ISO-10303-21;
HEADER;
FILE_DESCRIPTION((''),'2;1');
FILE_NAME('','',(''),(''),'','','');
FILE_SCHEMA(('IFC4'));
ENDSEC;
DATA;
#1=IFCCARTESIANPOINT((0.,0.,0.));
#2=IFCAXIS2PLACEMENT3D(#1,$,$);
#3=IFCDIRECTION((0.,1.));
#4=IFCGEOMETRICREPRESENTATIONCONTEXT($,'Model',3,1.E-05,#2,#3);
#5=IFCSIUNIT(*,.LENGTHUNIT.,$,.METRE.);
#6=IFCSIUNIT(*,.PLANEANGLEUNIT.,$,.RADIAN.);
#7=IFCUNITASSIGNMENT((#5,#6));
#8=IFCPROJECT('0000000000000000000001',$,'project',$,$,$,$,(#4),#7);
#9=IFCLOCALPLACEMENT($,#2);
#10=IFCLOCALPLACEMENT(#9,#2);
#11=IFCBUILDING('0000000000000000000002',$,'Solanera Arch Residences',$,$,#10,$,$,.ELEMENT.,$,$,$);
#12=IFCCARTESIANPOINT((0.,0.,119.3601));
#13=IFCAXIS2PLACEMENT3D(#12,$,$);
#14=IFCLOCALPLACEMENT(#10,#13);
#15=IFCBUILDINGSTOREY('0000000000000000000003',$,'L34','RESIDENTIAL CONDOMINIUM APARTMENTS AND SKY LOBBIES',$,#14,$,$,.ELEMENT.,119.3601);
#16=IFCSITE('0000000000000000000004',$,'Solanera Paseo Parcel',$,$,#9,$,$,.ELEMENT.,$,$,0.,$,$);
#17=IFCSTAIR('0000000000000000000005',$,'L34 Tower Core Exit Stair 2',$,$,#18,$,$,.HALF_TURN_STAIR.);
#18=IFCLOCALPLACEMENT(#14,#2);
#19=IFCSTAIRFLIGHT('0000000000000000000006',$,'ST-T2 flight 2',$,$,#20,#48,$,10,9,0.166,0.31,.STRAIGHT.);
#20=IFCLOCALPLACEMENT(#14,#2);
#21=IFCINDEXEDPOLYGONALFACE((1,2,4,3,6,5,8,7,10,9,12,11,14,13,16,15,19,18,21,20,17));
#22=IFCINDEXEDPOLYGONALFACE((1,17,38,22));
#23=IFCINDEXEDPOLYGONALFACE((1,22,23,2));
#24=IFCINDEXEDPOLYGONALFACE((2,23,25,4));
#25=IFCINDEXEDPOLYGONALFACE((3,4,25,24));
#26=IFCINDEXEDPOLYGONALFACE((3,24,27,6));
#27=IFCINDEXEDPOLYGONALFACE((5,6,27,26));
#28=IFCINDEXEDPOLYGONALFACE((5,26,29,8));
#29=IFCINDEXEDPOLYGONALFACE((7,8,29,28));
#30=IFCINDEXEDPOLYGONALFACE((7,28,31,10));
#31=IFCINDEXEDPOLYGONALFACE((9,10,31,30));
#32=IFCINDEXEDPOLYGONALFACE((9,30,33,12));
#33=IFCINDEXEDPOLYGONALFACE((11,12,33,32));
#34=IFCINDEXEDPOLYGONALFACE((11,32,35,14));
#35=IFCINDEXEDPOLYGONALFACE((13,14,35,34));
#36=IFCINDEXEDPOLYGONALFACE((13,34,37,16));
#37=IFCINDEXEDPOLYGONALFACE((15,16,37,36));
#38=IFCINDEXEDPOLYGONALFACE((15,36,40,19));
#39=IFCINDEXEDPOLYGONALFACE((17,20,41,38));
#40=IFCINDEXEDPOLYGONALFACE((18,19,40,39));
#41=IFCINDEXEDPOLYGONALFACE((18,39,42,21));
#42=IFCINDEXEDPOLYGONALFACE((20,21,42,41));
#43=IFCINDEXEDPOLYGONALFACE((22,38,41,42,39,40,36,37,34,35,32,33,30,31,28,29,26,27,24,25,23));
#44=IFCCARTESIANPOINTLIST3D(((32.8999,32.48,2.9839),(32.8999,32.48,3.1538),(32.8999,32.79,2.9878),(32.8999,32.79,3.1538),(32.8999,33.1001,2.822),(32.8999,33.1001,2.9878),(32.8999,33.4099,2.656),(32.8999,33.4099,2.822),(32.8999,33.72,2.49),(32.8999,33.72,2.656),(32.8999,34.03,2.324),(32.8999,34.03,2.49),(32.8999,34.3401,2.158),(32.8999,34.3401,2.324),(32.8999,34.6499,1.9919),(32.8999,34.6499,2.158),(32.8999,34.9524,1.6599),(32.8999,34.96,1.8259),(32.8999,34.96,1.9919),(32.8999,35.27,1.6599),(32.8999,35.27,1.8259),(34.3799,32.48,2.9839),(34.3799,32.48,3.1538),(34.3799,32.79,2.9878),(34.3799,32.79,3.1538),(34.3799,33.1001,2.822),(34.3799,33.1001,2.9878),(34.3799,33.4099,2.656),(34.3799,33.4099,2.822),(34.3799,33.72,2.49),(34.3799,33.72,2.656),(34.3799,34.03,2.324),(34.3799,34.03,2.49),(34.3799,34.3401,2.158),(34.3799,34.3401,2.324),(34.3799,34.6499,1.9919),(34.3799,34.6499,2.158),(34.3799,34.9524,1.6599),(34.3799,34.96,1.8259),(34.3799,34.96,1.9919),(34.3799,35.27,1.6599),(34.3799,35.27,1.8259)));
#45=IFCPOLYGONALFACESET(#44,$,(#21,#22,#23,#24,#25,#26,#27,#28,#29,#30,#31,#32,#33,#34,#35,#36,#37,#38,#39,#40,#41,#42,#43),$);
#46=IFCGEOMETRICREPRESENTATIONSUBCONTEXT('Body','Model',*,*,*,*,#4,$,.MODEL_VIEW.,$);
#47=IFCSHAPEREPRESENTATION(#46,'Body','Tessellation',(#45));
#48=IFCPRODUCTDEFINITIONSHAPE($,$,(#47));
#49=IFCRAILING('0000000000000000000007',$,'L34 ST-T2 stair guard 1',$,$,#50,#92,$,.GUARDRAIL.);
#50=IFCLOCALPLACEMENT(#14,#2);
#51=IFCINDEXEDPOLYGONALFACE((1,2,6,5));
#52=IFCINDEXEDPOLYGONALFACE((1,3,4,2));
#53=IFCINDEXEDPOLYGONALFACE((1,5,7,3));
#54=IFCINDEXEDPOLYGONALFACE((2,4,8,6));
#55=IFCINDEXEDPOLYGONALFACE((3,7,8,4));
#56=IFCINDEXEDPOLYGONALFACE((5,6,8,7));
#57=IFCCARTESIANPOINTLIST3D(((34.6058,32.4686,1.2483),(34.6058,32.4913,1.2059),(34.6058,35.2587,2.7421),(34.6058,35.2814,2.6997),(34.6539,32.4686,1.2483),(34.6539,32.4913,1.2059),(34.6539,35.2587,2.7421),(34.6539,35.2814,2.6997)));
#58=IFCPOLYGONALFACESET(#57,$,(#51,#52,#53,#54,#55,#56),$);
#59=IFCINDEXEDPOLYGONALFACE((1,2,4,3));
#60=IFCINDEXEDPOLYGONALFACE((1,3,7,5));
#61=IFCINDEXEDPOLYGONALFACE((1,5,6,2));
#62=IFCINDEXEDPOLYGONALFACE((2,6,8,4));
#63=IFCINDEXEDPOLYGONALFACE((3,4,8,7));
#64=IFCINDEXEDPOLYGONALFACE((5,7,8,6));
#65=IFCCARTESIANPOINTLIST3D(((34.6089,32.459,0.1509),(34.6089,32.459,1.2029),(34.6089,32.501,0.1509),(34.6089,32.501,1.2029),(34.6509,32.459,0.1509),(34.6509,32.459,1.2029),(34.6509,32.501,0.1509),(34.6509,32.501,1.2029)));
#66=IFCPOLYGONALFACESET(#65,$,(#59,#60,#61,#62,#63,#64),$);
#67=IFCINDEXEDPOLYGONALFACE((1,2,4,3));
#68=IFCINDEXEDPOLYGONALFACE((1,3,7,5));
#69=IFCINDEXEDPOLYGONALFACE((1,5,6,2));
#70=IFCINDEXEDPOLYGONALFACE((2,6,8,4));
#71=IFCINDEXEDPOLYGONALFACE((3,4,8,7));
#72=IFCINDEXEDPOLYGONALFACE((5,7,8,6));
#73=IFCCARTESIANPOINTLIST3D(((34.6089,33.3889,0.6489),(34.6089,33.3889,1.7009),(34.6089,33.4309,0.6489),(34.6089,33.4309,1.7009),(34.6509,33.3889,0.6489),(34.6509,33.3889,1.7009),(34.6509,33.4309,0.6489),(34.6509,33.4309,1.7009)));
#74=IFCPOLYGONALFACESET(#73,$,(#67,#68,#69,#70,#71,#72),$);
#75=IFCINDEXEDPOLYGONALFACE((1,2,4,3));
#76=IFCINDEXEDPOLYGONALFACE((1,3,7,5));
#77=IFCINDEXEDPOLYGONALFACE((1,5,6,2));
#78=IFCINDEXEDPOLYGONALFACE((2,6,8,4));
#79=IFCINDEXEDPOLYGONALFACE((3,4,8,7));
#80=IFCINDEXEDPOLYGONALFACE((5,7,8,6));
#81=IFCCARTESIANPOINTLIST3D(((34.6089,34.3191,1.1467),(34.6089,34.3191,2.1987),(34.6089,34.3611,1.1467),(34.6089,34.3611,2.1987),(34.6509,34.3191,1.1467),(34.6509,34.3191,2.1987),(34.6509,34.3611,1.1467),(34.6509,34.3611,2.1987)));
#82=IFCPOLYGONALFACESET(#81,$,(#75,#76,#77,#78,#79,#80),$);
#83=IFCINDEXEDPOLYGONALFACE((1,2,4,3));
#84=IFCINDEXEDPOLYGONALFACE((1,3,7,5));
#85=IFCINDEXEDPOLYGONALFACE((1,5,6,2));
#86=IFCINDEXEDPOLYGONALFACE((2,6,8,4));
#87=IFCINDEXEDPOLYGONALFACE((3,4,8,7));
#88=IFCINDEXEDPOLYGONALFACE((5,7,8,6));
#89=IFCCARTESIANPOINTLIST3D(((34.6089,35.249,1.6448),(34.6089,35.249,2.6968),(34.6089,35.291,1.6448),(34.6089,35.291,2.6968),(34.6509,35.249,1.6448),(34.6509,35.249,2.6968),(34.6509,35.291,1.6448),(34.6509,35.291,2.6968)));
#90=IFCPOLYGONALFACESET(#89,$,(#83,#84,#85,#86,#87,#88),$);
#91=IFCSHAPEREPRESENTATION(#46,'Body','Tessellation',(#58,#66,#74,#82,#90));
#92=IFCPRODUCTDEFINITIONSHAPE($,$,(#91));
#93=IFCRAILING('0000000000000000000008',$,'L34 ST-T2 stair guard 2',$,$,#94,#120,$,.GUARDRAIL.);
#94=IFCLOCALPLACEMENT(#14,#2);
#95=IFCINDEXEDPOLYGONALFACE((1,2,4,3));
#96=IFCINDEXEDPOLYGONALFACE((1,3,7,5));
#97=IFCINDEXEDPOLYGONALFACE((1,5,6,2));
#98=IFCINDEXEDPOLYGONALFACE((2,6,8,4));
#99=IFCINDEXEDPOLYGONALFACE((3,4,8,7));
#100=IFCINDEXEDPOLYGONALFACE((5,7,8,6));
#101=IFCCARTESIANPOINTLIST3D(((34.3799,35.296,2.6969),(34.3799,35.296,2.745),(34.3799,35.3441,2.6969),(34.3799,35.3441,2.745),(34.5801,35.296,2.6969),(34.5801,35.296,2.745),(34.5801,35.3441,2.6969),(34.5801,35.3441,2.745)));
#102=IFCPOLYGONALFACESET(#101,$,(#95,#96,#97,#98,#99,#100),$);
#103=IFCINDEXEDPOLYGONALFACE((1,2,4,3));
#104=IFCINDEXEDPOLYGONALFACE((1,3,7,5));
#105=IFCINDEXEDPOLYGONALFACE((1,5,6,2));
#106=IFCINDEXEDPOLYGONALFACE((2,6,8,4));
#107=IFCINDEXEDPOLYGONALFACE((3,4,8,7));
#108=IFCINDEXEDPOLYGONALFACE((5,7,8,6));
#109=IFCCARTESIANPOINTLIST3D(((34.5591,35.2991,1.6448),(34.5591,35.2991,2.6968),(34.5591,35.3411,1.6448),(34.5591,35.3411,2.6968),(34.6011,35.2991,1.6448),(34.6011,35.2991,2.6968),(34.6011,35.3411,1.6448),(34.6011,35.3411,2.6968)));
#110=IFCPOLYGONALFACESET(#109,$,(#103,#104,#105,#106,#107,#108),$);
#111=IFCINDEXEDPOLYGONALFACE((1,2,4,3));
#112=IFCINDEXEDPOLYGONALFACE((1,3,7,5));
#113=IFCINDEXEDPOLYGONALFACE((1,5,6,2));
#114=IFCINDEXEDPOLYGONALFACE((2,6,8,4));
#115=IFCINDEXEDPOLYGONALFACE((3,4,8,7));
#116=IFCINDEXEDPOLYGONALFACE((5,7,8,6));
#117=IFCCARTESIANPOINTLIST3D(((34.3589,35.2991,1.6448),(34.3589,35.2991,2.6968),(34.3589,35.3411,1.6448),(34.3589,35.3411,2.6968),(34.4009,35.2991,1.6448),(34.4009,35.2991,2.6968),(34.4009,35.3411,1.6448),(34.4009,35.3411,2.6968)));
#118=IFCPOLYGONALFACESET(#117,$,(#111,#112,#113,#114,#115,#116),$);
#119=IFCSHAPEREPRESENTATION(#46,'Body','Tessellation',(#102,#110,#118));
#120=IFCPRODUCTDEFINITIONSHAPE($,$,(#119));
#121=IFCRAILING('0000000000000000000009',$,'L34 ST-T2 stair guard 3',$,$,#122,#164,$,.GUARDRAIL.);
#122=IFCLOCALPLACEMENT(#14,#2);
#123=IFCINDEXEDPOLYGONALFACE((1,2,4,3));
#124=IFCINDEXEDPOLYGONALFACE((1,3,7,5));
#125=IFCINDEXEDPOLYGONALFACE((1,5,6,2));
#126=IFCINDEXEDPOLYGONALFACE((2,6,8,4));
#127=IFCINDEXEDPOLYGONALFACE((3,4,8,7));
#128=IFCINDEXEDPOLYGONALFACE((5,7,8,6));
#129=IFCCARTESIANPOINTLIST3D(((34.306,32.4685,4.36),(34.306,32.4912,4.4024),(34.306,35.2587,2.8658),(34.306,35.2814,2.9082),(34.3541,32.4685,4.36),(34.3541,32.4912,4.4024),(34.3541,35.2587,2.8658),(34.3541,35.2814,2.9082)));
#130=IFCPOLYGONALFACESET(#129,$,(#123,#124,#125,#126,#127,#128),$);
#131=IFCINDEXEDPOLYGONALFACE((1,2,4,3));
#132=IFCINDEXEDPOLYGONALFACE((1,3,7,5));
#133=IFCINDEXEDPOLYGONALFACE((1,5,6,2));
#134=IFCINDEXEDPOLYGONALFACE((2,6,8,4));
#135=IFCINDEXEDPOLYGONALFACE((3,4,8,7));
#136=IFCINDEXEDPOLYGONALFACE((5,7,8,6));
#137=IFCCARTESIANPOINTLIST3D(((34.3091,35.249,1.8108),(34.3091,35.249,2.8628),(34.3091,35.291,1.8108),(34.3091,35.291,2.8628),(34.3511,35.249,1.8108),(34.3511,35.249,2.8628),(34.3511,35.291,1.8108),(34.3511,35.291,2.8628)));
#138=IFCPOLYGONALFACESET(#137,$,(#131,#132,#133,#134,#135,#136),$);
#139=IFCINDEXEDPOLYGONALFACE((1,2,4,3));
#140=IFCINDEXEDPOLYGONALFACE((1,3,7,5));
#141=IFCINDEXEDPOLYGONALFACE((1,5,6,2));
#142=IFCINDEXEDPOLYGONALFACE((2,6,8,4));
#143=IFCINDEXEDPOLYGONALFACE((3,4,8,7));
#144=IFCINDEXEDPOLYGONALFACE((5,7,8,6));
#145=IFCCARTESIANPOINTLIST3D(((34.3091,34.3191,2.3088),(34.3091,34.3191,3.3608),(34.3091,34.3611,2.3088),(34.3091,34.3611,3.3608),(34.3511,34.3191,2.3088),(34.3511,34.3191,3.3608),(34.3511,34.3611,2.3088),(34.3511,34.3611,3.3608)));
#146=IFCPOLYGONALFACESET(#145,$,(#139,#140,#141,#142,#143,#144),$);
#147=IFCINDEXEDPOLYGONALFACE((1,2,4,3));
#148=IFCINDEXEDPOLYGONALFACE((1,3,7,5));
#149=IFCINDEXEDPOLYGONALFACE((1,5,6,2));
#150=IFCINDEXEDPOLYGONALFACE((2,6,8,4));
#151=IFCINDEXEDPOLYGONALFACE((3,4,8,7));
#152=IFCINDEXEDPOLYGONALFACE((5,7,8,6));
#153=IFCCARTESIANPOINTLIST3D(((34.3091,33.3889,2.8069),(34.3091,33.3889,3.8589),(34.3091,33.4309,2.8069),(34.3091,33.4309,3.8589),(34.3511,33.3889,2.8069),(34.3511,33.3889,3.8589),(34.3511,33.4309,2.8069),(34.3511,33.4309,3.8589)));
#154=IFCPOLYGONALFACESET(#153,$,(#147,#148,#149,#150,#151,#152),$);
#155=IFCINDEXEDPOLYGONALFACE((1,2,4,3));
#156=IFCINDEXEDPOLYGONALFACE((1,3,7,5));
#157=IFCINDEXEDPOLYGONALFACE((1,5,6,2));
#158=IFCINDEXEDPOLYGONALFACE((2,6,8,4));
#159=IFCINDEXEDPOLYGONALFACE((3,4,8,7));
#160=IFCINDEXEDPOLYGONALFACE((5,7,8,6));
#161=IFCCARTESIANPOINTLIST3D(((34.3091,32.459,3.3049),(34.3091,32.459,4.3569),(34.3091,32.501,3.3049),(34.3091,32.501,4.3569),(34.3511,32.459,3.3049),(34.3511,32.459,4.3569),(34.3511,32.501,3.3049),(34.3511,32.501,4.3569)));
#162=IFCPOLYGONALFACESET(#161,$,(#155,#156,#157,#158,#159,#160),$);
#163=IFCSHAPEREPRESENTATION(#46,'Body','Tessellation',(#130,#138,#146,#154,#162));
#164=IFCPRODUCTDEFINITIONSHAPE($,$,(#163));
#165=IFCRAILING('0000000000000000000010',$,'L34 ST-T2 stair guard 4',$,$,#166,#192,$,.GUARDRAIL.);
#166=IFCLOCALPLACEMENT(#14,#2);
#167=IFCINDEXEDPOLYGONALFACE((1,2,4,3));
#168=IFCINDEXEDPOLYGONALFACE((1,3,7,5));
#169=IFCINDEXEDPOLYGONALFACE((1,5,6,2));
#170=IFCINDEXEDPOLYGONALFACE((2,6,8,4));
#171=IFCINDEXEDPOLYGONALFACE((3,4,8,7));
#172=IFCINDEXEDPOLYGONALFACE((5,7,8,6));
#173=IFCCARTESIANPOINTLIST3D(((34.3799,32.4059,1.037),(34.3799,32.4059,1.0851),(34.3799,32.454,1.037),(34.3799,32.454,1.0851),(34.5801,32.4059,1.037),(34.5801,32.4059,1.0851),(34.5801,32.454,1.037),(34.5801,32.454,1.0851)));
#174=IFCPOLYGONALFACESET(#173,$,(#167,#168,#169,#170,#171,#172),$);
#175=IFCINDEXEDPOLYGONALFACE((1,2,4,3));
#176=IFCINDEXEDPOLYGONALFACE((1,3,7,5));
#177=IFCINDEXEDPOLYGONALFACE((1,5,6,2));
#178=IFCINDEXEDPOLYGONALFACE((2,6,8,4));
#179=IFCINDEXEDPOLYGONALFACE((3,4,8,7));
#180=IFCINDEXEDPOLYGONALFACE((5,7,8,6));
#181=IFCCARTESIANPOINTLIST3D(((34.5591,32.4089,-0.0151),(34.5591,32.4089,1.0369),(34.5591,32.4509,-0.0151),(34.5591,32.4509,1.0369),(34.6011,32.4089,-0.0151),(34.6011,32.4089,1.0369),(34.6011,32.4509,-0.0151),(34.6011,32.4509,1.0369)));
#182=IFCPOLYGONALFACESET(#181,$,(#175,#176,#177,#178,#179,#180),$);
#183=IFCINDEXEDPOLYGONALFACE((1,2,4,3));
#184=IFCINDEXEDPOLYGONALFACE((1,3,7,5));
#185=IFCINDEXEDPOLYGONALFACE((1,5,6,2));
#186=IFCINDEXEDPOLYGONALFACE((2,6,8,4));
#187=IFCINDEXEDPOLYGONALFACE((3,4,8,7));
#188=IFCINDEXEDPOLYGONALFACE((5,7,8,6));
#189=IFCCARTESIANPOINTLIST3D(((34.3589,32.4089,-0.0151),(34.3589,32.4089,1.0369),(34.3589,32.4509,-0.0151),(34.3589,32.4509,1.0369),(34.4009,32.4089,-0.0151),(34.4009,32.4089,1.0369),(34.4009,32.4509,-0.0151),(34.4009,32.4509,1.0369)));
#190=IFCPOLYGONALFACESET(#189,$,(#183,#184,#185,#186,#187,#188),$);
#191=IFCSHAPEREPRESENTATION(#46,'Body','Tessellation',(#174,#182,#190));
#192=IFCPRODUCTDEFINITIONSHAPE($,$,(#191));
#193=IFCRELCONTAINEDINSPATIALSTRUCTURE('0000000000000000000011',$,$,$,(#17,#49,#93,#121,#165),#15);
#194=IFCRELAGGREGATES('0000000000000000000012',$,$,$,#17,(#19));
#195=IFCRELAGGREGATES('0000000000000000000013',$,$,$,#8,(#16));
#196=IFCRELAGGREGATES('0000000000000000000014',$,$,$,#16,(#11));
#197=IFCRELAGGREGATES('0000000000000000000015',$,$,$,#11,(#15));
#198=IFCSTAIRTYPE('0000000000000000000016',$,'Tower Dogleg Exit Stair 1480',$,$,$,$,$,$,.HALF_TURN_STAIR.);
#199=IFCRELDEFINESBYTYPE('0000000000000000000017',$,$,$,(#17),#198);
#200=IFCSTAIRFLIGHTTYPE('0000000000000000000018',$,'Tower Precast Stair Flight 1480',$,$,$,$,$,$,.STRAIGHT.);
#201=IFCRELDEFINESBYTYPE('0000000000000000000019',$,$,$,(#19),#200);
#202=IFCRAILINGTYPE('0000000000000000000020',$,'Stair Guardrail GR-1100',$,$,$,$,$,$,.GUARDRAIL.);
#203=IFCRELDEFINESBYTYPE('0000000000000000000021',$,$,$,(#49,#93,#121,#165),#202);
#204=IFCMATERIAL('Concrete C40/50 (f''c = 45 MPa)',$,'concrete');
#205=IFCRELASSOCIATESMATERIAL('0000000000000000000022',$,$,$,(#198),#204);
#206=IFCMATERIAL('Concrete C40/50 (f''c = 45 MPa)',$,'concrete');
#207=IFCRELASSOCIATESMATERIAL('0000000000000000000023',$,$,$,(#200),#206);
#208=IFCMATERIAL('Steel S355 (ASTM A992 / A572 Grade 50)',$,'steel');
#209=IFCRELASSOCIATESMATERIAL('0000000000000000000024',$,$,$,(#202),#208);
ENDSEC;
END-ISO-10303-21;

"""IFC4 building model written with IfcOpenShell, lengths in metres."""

from ifc_helpers import new_model, si_unit, direction, frame, origin, origin_2d, place, context, subcontext, project, spatial, polyline, rectangle, outline, extrude, material, type_object, element, aggregate, save


model = new_model("IFC4")

# Units and contexts
model_context = context("Model", 3, precision=1e-05, world=origin(), true_north=direction((0.0, 1.0)))
body_context = subcontext(model_context, "Body", "Model", "MODEL_VIEW")
ifc_project = project(units=[si_unit("LENGTHUNIT", "METRE"), si_unit("PLANEANGLEUNIT", "RADIAN")], contexts=[model_context])

# Site, building, storey
site_placement = place(None, origin())
site = spatial("IfcSite", under=ifc_project, at=site_placement, Name="Solanera Paseo Parcel", CompositionType="ELEMENT", RefElevation=0.0)
building_placement = place(site_placement, origin())
building = spatial("IfcBuilding", under=site, at=building_placement, Name="Solanera Arch Residences", CompositionType="ELEMENT")
storey_placement = place(building_placement, frame((0.0, 0.0, 119.3601)))
storey = spatial("IfcBuildingStorey", under=building, at=storey_placement, Name="L34", Description="RESIDENTIAL CONDOMINIUM APARTMENTS AND SKY LOBBIES", CompositionType="ELEMENT", Elevation=119.3601)

# Stair, stair flight
ifc_material_1 = material(Name="Concrete C40/50 (f'c = 45 MPa)", Category="concrete")
stair_type = type_object("IfcStairType", Name="Tower Dogleg Exit Stair 1480", PredefinedType="HALF_TURN_STAIR", material=ifc_material_1)
stair_placement = place(storey_placement, origin())
stair = element("IfcStair", 1, at=stair_placement, inside=storey, type_object=stair_type, Name="L34 Tower Core Exit Stair 2", PredefinedType="HALF_TURN_STAIR")
ifc_material_2 = material(Name="Concrete C40/50 (f'c = 45 MPa)", Category="concrete")
stair_flight_type = type_object("IfcStairFlightType", Name="Tower Precast Stair Flight 1480", PredefinedType="STRAIGHT", material=ifc_material_2)
stair_flight_1_placement = place(storey_placement, frame((33.6399, 35.27, 1.6599), z_axis=(0.0, 0.0, 1.0), x_axis=(0.0, -1.0, 0.0)))
stair_flight_1 = element("IfcStairFlight", 2, at=stair_flight_1_placement, type_object=stair_flight_type, Name="ST-T2 flight 2", NumberOfRisers=10, NumberOfTreads=9, PredefinedType="STRAIGHT", RiserHeight=0.166, TreadLength=0.31, context=body_context, shape_type="SweptSolid", body=[
    extrude(outline(polyline([(0.0, 0.0), (0.0, 0.166), (0.3101, 0.166), (0.3101, 0.332), (0.6201, 0.332), (0.6201, 0.498), (0.9299, 0.498), (0.9299, 0.6641), (1.24, 0.6641), (1.24, 0.8301), (1.55, 0.8301), (1.55, 0.9961), (1.8601, 0.9961), (1.8601, 1.1621), (2.1699, 1.1621), (2.1699, 1.3279), (2.48, 1.3279), (2.48, 1.4939), (2.79, 1.4939), (2.79, 1.6599), (2.79, 1.324), (0.3176, 0.0), (0.0, 0.0)])), frame((0.0, 0.74, 0.0), z_axis=(0.0, -1.0, 0.0), x_axis=(1.0, 0.0, 0.0)), (0.0, 0.0, 1.0), 1.48),
])
aggregate(stair, [stair_flight_1])

# Railings
ifc_material_3 = material(Name="Steel S355 (ASTM A992 / A572 Grade 50)", Category="steel")
railing_type_1 = type_object("IfcRailingType", Name="Stair Guardrail GR-1100", PredefinedType="GUARDRAIL", material=ifc_material_3)
railing_1_placement = place(storey_placement, frame((34.6299, 32.48, 0.1509)))
element("IfcRailing", 3, at=railing_1_placement, inside=storey, type_object=railing_type_1, Name="L34 ST-T2 stair guard 1", PredefinedType="GUARDRAIL", context=body_context, shape_type="SweptSolid", body=[
    extrude(rectangle(XDim=0.0481, YDim=0.0481, at=origin_2d()), frame((0.0, 0.0, 1.0762), z_axis=(0.0, 0.881581, 0.472033), x_axis=(-1.0, 0.0, 0.0)), (0.0, 0.0, 1.0), 3.1648),
    extrude(rectangle(XDim=0.042, YDim=0.042, at=origin_2d()), origin(), (0.0, 0.0, 1.0), 1.052),
    extrude(rectangle(XDim=0.042, YDim=0.042, at=origin_2d()), frame((0.0, 0.9299, 0.498)), (0.0, 0.0, 1.0), 1.052),
    extrude(rectangle(XDim=0.042, YDim=0.042, at=origin_2d()), frame((0.0, 1.8601, 0.9958)), (0.0, 0.0, 1.0), 1.052),
    extrude(rectangle(XDim=0.042, YDim=0.042, at=origin_2d()), frame((0.0, 2.79, 1.4939)), (0.0, 0.0, 1.0), 1.052),
])
railing_2_placement = place(storey_placement, frame((34.5801, 35.3201, 1.6448)))
element("IfcRailing", 4, at=railing_2_placement, inside=storey, type_object=railing_type_1, Name="L34 ST-T2 stair guard 2", PredefinedType="GUARDRAIL", context=body_context, shape_type="SweptSolid", body=[
    extrude(rectangle(XDim=0.0481, YDim=0.0481, at=origin_2d()), frame((0.0, 0.0, 1.0762), z_axis=(-1.0, 0.0, 0.0), x_axis=(0.0, -1.0, 0.0)), (0.0, 0.0, 1.0), 0.2002),
    extrude(rectangle(XDim=0.042, YDim=0.042, at=origin_2d()), origin(), (0.0, 0.0, 1.0), 1.052),
    extrude(rectangle(XDim=0.042, YDim=0.042, at=origin_2d()), frame((-0.2002, 0.0, 0.0)), (0.0, 0.0, 1.0), 1.052),
])
railing_3_placement = place(storey_placement, frame((34.3301, 35.27, 1.8108)))
element("IfcRailing", 5, at=railing_3_placement, inside=storey, type_object=railing_type_1, Name="L34 ST-T2 stair guard 3", PredefinedType="GUARDRAIL", context=body_context, shape_type="SweptSolid", body=[
    extrude(rectangle(XDim=0.0481, YDim=0.0481, at=origin_2d()), frame((0.0, 0.0, 1.0762), z_axis=(0.0, -0.881549, 0.472093), x_axis=(1.0, 0.0, 0.0)), (0.0, 0.0, 1.0), 3.165),
    extrude(rectangle(XDim=0.042, YDim=0.042, at=origin_2d()), origin(), (0.0, 0.0, 1.0), 1.052),
    extrude(rectangle(XDim=0.042, YDim=0.042, at=origin_2d()), frame((0.0, -0.9299, 0.498)), (0.0, 0.0, 1.0), 1.052),
    extrude(rectangle(XDim=0.042, YDim=0.042, at=origin_2d()), frame((0.0, -1.8601, 0.9961)), (0.0, 0.0, 1.0), 1.052),
    extrude(rectangle(XDim=0.042, YDim=0.042, at=origin_2d()), frame((0.0, -2.79, 1.4941)), (0.0, 0.0, 1.0), 1.052),
])
railing_4_placement = place(storey_placement, frame((34.5801, 32.4299, -0.0151)))
element("IfcRailing", 6, at=railing_4_placement, inside=storey, type_object=railing_type_1, Name="L34 ST-T2 stair guard 4", PredefinedType="GUARDRAIL", context=body_context, shape_type="SweptSolid", body=[
    extrude(rectangle(XDim=0.0481, YDim=0.0481, at=origin_2d()), frame((0.0, 0.0, 1.0762), z_axis=(-1.0, 0.0, 0.0), x_axis=(0.0, -1.0, 0.0)), (0.0, 0.0, 1.0), 0.2002),
    extrude(rectangle(XDim=0.042, YDim=0.042, at=origin_2d()), origin(), (0.0, 0.0, 1.0), 1.052),
    extrude(rectangle(XDim=0.042, YDim=0.042, at=origin_2d()), frame((-0.2002, 0.0, 0.0)), (0.0, 0.0, 1.0), 1.052),
])

save(model, "model.ifc")
